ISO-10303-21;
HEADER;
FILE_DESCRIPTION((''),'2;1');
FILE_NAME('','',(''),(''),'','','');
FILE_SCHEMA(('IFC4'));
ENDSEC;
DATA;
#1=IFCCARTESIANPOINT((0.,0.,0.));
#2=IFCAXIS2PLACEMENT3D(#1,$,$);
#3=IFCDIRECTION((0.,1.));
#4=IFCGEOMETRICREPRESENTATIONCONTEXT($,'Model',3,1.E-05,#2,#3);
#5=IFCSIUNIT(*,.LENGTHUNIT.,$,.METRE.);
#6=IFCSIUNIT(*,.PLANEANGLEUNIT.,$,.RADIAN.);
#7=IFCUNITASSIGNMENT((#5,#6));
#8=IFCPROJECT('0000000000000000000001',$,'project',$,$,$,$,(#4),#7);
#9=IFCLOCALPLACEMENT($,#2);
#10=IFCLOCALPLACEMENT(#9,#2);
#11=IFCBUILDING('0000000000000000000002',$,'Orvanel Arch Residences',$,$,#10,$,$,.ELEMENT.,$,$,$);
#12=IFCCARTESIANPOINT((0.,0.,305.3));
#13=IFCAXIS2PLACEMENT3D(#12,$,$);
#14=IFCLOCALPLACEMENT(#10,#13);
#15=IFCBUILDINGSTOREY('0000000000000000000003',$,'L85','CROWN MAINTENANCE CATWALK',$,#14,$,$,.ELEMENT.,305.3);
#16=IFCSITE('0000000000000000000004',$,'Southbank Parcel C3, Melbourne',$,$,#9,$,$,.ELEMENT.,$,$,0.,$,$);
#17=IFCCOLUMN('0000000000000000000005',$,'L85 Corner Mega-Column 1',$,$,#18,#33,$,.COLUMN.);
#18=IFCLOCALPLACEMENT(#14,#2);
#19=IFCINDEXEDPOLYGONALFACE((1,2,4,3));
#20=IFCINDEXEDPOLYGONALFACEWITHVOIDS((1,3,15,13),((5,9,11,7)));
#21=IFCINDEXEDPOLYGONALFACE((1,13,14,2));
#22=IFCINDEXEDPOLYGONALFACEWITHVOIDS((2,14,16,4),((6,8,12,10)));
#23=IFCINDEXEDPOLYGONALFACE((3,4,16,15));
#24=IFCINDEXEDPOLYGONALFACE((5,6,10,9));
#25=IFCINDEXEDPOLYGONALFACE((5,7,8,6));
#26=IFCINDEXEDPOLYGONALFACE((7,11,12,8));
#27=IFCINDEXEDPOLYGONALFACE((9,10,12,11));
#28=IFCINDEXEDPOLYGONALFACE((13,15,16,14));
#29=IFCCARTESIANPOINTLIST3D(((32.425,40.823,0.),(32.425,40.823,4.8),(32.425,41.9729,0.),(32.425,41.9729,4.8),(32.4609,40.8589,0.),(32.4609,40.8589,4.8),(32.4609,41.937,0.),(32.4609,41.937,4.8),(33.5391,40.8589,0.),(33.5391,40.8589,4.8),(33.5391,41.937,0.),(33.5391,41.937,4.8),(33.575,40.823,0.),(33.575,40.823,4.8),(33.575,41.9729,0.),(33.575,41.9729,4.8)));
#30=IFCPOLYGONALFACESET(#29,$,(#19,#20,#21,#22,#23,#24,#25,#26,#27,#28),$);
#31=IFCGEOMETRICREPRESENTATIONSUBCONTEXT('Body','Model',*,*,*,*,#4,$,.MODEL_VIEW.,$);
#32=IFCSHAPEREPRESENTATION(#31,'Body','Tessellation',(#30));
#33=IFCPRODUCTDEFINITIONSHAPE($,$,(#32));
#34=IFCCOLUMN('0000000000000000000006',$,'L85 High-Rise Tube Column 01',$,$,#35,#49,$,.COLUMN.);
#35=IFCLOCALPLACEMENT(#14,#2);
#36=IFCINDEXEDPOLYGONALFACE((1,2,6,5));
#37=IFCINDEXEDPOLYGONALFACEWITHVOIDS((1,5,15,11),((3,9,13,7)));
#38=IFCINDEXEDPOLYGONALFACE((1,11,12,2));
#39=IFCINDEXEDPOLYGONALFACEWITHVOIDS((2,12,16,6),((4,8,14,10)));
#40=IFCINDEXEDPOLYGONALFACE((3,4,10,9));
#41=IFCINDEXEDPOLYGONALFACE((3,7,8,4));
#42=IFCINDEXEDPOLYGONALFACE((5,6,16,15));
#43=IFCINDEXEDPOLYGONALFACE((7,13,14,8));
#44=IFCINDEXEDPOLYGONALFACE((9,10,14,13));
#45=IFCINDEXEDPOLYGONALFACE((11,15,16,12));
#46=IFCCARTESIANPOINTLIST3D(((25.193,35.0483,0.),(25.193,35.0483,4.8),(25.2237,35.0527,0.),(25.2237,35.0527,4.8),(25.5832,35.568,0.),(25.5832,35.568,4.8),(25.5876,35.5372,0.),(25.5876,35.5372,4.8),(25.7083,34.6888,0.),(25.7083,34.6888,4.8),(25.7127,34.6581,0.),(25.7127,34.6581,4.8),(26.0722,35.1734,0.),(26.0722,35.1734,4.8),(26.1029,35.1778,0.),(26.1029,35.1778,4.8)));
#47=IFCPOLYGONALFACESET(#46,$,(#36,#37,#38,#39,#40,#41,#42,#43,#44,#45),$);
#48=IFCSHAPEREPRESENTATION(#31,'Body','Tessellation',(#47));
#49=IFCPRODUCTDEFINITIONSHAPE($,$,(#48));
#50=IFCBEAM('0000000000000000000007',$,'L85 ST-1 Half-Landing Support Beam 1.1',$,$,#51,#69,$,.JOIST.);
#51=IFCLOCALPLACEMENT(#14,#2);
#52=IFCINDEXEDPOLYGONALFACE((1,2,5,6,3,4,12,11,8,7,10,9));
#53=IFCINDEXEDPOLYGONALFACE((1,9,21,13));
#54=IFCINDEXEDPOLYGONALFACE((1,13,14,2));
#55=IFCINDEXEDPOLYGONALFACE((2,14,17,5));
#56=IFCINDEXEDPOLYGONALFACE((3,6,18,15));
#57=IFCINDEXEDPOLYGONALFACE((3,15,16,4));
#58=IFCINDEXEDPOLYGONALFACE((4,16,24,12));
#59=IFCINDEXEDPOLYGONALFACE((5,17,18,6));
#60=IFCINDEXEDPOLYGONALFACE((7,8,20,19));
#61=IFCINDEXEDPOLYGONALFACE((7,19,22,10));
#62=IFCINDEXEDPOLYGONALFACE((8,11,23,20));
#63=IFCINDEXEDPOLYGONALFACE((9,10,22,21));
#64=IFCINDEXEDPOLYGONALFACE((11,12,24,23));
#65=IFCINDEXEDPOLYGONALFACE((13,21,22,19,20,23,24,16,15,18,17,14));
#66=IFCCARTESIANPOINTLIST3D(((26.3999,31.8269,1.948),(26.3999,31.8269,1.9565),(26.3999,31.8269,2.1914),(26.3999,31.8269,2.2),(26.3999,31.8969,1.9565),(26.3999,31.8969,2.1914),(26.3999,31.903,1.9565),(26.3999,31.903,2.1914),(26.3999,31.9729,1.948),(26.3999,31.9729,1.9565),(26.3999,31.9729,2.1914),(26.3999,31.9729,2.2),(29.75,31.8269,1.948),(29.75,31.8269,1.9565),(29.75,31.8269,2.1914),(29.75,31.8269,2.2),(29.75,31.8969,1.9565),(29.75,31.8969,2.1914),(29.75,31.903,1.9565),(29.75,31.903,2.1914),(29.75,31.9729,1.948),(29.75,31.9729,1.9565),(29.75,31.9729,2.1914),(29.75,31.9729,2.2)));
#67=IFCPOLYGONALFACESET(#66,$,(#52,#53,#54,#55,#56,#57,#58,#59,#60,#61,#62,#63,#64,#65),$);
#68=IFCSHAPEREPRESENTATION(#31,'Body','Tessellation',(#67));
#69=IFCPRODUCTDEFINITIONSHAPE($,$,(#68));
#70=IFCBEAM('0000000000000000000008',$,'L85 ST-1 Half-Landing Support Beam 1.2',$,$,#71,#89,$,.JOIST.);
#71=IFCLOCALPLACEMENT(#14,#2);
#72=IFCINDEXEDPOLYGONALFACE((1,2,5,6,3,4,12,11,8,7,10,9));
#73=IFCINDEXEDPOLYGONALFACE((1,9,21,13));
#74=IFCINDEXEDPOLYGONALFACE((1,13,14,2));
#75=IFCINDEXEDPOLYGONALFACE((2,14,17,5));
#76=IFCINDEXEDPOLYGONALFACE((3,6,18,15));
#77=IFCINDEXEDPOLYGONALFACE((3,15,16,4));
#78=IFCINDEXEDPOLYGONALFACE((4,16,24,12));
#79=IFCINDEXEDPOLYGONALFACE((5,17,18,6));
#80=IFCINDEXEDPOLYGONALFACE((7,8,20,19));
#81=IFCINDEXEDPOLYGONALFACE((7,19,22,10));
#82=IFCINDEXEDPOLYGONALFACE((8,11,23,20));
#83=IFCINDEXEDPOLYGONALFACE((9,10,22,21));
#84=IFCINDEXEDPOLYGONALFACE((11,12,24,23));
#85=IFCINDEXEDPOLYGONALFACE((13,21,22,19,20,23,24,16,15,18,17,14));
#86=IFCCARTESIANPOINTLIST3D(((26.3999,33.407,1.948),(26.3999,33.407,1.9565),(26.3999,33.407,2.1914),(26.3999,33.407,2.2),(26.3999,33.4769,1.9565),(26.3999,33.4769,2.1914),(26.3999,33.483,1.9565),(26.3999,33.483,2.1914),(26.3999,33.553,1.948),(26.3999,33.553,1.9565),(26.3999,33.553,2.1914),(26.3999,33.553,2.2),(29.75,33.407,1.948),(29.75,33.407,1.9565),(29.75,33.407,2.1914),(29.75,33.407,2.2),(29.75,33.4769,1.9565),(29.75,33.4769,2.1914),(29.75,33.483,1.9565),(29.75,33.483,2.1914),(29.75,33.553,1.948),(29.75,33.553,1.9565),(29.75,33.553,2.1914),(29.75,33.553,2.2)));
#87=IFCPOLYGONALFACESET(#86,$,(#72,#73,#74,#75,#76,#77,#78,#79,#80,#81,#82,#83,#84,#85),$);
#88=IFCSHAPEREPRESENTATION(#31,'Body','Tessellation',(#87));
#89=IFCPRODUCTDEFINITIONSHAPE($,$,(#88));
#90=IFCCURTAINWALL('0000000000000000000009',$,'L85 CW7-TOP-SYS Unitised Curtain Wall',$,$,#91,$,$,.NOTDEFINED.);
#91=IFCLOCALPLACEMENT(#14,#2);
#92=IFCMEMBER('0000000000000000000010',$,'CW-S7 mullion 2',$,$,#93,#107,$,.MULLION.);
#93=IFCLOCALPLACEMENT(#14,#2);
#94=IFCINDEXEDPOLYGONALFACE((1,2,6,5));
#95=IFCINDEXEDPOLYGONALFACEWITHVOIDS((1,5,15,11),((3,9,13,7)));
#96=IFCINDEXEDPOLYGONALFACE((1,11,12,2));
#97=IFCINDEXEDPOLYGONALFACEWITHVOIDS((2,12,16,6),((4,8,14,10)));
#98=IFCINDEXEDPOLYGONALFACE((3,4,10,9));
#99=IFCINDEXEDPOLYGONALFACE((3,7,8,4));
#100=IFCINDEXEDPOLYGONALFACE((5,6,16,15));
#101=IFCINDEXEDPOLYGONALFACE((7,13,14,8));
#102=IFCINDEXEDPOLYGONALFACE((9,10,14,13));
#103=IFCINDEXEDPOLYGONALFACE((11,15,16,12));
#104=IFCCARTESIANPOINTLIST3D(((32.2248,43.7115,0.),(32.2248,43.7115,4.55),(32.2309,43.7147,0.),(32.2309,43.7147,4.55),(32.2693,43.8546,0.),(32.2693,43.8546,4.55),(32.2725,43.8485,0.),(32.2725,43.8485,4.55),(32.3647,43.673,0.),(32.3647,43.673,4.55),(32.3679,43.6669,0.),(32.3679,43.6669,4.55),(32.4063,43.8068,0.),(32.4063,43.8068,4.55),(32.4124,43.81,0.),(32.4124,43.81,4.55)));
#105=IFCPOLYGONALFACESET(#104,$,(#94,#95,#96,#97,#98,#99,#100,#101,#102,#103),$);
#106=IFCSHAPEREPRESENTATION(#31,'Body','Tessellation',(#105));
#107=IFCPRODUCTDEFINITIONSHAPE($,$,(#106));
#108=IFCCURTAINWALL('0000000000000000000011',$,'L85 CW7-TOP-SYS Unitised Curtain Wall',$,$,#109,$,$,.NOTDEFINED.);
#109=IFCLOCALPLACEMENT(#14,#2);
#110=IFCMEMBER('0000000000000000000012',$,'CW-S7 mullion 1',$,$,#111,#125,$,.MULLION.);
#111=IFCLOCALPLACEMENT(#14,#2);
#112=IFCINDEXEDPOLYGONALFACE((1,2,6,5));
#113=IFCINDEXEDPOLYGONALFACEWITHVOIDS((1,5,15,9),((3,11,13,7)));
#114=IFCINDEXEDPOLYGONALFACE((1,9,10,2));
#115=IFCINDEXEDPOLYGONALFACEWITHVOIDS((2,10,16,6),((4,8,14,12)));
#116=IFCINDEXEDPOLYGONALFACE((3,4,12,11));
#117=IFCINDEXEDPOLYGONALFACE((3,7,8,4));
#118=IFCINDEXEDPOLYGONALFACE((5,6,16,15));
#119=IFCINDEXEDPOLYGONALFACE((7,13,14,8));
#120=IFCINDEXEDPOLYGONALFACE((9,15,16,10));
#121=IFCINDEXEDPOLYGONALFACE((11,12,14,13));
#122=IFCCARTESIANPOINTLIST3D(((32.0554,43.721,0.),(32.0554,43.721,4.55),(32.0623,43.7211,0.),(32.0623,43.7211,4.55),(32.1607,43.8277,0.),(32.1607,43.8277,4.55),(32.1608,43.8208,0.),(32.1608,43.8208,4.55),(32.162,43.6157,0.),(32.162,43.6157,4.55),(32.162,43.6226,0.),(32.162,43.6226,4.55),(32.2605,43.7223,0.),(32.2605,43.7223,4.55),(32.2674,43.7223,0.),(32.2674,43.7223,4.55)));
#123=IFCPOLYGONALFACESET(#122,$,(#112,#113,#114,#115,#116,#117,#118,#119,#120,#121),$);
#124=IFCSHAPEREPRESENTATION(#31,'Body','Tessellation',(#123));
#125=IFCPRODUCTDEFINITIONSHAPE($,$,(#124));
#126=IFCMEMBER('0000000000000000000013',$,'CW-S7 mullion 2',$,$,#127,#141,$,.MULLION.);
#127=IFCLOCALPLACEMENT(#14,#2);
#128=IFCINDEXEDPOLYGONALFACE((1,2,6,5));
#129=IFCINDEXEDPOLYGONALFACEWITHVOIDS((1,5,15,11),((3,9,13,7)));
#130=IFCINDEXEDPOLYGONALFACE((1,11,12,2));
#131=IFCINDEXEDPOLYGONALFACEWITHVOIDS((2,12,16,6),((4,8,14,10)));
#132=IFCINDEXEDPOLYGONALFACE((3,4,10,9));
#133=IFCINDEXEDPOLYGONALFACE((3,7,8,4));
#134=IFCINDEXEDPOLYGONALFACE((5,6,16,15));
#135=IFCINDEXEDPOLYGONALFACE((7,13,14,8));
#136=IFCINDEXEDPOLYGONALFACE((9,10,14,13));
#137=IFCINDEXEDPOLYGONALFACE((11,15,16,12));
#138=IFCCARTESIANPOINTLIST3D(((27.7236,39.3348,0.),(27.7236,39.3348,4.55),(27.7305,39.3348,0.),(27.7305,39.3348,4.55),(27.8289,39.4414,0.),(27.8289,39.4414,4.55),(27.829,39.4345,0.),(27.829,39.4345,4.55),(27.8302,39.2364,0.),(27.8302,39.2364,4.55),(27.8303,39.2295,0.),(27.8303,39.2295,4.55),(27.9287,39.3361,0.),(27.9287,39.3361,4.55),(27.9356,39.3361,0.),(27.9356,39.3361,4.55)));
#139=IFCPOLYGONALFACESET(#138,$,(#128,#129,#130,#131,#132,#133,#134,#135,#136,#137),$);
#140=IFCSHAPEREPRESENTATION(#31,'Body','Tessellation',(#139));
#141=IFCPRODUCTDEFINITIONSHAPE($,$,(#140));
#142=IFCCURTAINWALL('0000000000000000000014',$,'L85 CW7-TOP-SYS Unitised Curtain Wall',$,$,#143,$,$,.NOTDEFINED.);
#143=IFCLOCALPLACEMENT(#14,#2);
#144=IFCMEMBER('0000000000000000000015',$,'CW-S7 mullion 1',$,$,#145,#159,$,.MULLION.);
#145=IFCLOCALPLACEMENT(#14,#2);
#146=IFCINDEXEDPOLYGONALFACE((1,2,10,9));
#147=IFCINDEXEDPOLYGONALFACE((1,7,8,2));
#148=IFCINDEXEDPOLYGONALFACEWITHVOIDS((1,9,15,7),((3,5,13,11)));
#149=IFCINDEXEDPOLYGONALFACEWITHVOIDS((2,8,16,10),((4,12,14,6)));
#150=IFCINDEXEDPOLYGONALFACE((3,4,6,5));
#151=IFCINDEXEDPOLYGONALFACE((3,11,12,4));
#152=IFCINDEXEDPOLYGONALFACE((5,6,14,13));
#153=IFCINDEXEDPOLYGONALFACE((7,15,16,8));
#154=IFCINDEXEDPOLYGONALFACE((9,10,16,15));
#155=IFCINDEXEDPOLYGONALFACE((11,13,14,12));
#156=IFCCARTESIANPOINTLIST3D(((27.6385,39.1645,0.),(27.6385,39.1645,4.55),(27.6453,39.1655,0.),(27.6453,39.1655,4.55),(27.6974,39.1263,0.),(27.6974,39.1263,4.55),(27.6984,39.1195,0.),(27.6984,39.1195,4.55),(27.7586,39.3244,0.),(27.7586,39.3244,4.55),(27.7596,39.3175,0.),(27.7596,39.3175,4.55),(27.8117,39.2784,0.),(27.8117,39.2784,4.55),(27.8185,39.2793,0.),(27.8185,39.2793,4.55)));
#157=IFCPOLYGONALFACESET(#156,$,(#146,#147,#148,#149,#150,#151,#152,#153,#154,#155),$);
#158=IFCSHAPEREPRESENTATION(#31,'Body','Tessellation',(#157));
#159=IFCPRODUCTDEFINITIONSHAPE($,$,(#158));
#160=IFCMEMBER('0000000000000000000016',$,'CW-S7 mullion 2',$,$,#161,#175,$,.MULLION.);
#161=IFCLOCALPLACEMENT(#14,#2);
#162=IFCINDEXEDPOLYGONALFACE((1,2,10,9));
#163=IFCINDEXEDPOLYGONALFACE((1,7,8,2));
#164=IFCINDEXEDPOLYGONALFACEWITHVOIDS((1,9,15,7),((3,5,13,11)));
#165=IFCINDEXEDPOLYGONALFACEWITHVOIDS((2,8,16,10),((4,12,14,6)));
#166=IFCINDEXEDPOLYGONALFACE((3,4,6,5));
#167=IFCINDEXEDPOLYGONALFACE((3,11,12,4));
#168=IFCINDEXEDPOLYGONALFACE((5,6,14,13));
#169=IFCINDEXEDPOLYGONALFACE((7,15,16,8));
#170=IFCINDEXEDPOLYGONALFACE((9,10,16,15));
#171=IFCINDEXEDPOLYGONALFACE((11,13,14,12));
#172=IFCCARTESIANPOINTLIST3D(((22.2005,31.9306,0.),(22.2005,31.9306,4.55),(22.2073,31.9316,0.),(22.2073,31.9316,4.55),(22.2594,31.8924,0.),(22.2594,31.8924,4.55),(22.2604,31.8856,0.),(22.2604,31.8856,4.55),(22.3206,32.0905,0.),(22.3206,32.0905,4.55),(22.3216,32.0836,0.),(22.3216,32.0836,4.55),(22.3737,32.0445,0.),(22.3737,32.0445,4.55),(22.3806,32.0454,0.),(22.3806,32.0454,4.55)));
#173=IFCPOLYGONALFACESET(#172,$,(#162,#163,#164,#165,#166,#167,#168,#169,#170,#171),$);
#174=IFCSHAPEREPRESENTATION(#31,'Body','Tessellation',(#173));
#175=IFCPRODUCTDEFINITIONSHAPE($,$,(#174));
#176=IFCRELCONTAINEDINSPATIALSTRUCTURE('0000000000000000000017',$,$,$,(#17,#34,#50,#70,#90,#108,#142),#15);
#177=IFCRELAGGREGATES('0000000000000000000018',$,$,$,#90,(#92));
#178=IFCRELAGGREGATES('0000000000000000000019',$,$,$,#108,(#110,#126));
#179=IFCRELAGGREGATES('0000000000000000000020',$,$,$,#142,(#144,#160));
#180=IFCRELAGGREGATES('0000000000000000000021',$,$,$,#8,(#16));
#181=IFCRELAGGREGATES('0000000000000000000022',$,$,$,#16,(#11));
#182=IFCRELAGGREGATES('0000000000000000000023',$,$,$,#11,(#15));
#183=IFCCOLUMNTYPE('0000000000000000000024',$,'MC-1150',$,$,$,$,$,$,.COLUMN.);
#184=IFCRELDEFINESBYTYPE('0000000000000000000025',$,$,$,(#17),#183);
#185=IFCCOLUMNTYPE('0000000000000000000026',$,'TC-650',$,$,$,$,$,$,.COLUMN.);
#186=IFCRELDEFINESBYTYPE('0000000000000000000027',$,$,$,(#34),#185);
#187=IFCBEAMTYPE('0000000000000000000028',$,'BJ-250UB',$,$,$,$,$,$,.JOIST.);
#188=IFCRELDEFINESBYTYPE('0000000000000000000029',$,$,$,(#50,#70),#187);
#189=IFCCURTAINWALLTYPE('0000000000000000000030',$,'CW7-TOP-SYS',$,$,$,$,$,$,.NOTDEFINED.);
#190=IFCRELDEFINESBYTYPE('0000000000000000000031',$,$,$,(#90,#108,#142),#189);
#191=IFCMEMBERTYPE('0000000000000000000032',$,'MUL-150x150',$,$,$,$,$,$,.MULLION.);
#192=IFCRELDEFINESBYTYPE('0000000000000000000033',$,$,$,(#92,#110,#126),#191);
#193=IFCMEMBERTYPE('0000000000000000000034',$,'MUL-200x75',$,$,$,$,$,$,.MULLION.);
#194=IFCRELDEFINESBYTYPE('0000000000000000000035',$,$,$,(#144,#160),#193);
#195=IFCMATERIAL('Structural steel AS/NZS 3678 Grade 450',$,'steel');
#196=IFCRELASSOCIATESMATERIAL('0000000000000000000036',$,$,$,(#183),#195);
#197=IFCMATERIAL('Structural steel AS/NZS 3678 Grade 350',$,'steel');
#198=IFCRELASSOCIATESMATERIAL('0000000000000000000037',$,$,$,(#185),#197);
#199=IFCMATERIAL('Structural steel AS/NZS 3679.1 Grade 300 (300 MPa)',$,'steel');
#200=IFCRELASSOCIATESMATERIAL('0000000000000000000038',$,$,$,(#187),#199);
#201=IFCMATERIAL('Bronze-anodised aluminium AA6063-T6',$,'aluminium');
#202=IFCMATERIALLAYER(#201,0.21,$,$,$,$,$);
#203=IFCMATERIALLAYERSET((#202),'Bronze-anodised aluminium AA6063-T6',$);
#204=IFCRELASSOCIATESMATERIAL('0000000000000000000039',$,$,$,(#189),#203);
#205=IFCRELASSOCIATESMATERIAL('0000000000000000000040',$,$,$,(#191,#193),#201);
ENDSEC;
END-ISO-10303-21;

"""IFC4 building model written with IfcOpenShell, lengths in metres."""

from ifc_helpers import new_model, si_unit, direction, frame, origin, origin_2d, place, context, subcontext, project, spatial, hollow_rectangle, i_section, extrude, material, layer, layer_set, material_profile, profile_set, type_object, element, aggregate, save


model = new_model("IFC4")

# Units and contexts
model_context = context("Model", 3, precision=1e-05, world=origin(), true_north=direction((0.0, 1.0)))
body_context = subcontext(model_context, "Body", "Model", "MODEL_VIEW")
ifc_project = project(units=[si_unit("LENGTHUNIT", "METRE"), si_unit("PLANEANGLEUNIT", "RADIAN")], contexts=[model_context])

# Site, building, storey
site_placement = place(None, origin())
site = spatial("IfcSite", under=ifc_project, at=site_placement, Name="Southbank Parcel C3, Melbourne", CompositionType="ELEMENT", RefElevation=0.0)
building_placement = place(site_placement, origin())
building = spatial("IfcBuilding", under=site, at=building_placement, Name="Orvanel Arch Residences", CompositionType="ELEMENT")
storey_placement = place(building_placement, frame((0.0, 0.0, 305.3)))
storey = spatial("IfcBuildingStorey", under=building, at=storey_placement, Name="L85", Description="CROWN MAINTENANCE CATWALK", CompositionType="ELEMENT", Elevation=305.3)

# Columns
ifc_material_1 = material(Name="Structural steel AS/NZS 3678 Grade 450", Category="steel")
ifc_material_profile_1 = material_profile(ifc_material_1, hollow_rectangle(XDim=1.1499, YDim=1.1499, WallThickness=0.0359, at=origin_2d()), Name="BOX1150x1150x36")
ifc_profile_set_1 = profile_set([ifc_material_profile_1], Name="Structural steel AS/NZS 3678 Grade 450")
column_type_1 = type_object("IfcColumnType", Name="MC-1150", PredefinedType="COLUMN", material=ifc_profile_set_1)
column_1_placement = place(storey_placement, frame((33.0, 41.3979, 0.0), z_axis=(0.0, 0.0, 1.0), x_axis=(1.0, 0.0, 0.0)))
element("IfcColumn", 1, at=column_1_placement, inside=storey, type_object=column_type_1, Name="L85 Corner Mega-Column 1", PredefinedType="COLUMN", context=body_context, shape_type="SweptSolid", body=[
    extrude(hollow_rectangle(XDim=1.1499, YDim=1.1499, WallThickness=0.0359, at=origin_2d()), origin(), (0.0, 0.0, 1.0), 4.8),
])
ifc_material_2 = material(Name="Structural steel AS/NZS 3678 Grade 350", Category="steel")
ifc_material_profile_2 = material_profile(ifc_material_2, hollow_rectangle(XDim=0.6499, YDim=0.6499, WallThickness=0.022, at=origin_2d()), Name="BOX650x650x22")
ifc_profile_set_2 = profile_set([ifc_material_profile_2], Name="Structural steel AS/NZS 3678 Grade 350")
column_type_2 = type_object("IfcColumnType", Name="TC-650", PredefinedType="COLUMN", material=ifc_profile_set_2)
column_2_placement = place(storey_placement, frame((25.6479, 35.113, 0.0), z_axis=(0.0, 0.0, 1.0), x_axis=(0.60042, 0.799685, 0.0)))
element("IfcColumn", 2, at=column_2_placement, inside=storey, type_object=column_type_2, Name="L85 High-Rise Tube Column 01", PredefinedType="COLUMN", context=body_context, shape_type="SweptSolid", body=[
    extrude(hollow_rectangle(XDim=0.6499, YDim=0.6499, WallThickness=0.022, at=origin_2d()), origin(), (0.0, 0.0, 1.0), 4.8),
])

# Beams
ifc_material_3 = material(Name="Structural steel AS/NZS 3679.1 Grade 300 (300 MPa)", Category="steel")
ifc_material_profile_3 = material_profile(ifc_material_3, i_section(OverallWidth=0.146, OverallDepth=0.252, WebThickness=0.0061, FlangeThickness=0.0085, at=origin_2d()), Name="250UB31.4")
ifc_profile_set_3 = profile_set([ifc_material_profile_3], Name="Structural steel AS/NZS 3679.1 Grade 300 (300 MPa)")
beam_type_1 = type_object("IfcBeamType", Name="BJ-250UB", PredefinedType="JOIST", material=ifc_profile_set_3)
for number, where, z_axis, x_axis, name in (
    (3, (26.3999, 31.8999, 2.074), (1.0, 0.0, 0.0), (0.0, 1.0, 0.0), "L85 ST-1 Half-Landing Support Beam 1.1"),
    (4, (26.3999, 33.48, 2.074), (1.0, 0.0, 0.0), (0.0, 1.0, 0.0), "L85 ST-1 Half-Landing Support Beam 1.2"),
):
    element("IfcBeam", number, at=place(storey_placement, frame(where, z_axis=z_axis, x_axis=x_axis)), inside=storey, type_object=beam_type_1, Name=name, PredefinedType="JOIST", context=body_context, shape_type="SweptSolid", body=[
        extrude(i_section(OverallWidth=0.146, OverallDepth=0.252, WebThickness=0.0061, FlangeThickness=0.0085, at=origin_2d()), origin(), (0.0, 0.0, 1.0), 3.3501),
    ])

# Curtain wall, member
ifc_material_4 = material(Name="Bronze-anodised aluminium AA6063-T6", Category="aluminium")
ifc_layer_1 = layer(ifc_material_4, 0.21)
ifc_layer_set_1 = layer_set([ifc_layer_1], Name="Bronze-anodised aluminium AA6063-T6")
curtain_wall_type = type_object("IfcCurtainWallType", Name="CW7-TOP-SYS", PredefinedType="NOTDEFINED", material=ifc_layer_set_1)
curtain_wall_1_placement = place(storey_placement, origin())
curtain_wall_1 = element("IfcCurtainWall", 5, at=curtain_wall_1_placement, inside=storey, type_object=curtain_wall_type, Name="L85 CW7-TOP-SYS Unitised Curtain Wall", PredefinedType="NOTDEFINED")
ifc_material_profile_4 = material_profile(ifc_material_4, hollow_rectangle(XDim=0.1499, YDim=0.1499, WallThickness=0.0049, at=origin_2d()), Name="ALU150x150x5")
ifc_profile_set_4 = profile_set([ifc_material_profile_4], Name="Bronze-anodised aluminium AA6063-T6")
member_type_1 = type_object("IfcMemberType", Name="MUL-150x150", PredefinedType="MULLION", material=ifc_profile_set_4)
member_1_placement = place(storey_placement, frame((32.3186, 43.7607, 0.0), z_axis=(0.0, 0.0, 1.0), x_axis=(-0.297187, -0.954819, 0.0)))
member_1 = element("IfcMember", 6, at=member_1_placement, type_object=member_type_1, Name="CW-S7 mullion 2", PredefinedType="MULLION", context=body_context, shape_type="SweptSolid", body=[
    extrude(hollow_rectangle(XDim=0.1499, YDim=0.1499, WallThickness=0.0049, at=origin_2d()), origin(), (0.0, 0.0, 1.0), 4.55),
])
aggregate(curtain_wall_1, [member_1])

# Curtain walls, members
curtain_wall_2_placement = place(storey_placement, origin())
curtain_wall_2 = element("IfcCurtainWall", 7, at=curtain_wall_2_placement, inside=storey, type_object=curtain_wall_type, Name="L85 CW7-TOP-SYS Unitised Curtain Wall", PredefinedType="NOTDEFINED")
member_2_placement = place(storey_placement, frame((32.1614, 43.7217, 0.0), z_axis=(0.0, 0.0, 1.0), x_axis=(0.711527, -0.702659, 0.0)))
member_2 = element("IfcMember", 8, at=member_2_placement, type_object=member_type_1, Name="CW-S7 mullion 1", PredefinedType="MULLION", context=body_context, shape_type="SweptSolid", body=[
    extrude(hollow_rectangle(XDim=0.1499, YDim=0.1499, WallThickness=0.0049, at=origin_2d()), origin(), (0.0, 0.0, 1.0), 4.55),
])
member_3_placement = place(storey_placement, frame((27.8296, 39.3354, 0.0), z_axis=(0.0, 0.0, 1.0), x_axis=(0.711527, -0.702659, 0.0)))
member_3 = element("IfcMember", 9, at=member_3_placement, type_object=member_type_1, Name="CW-S7 mullion 2", PredefinedType="MULLION", context=body_context, shape_type="SweptSolid", body=[
    extrude(hollow_rectangle(XDim=0.1499, YDim=0.1499, WallThickness=0.0049, at=origin_2d()), origin(), (0.0, 0.0, 1.0), 4.55),
])
curtain_wall_3_placement = place(storey_placement, origin())
curtain_wall_3 = element("IfcCurtainWall", 10, at=curtain_wall_3_placement, inside=storey, type_object=curtain_wall_type, Name="L85 CW7-TOP-SYS Unitised Curtain Wall", PredefinedType="NOTDEFINED")
ifc_material_profile_5 = material_profile(ifc_material_4, hollow_rectangle(XDim=0.075, YDim=0.2, WallThickness=0.0049, at=origin_2d()), Name="ALU200x75x5")
ifc_profile_set_5 = profile_set([ifc_material_profile_5], Name="Bronze-anodised aluminium AA6063-T6")
member_type_2 = type_object("IfcMemberType", Name="MUL-200x75", PredefinedType="MULLION", material=ifc_profile_set_5)
member_4_placement = place(storey_placement, frame((27.7285, 39.2219, 0.0), z_axis=(0.0, 0.0, 1.0), x_axis=(0.799342, -0.600876, 0.0)))
member_4 = element("IfcMember", 11, at=member_4_placement, type_object=member_type_2, Name="CW-S7 mullion 1", PredefinedType="MULLION", context=body_context, shape_type="SweptSolid", body=[
    extrude(hollow_rectangle(XDim=0.075, YDim=0.2, WallThickness=0.0049, at=origin_2d()), origin(), (0.0, 0.0, 1.0), 4.55),
])
member_5_placement = place(storey_placement, frame((22.2905, 31.988, 0.0), z_axis=(0.0, 0.0, 1.0), x_axis=(0.799342, -0.600876, 0.0)))
member_5 = element("IfcMember", 12, at=member_5_placement, type_object=member_type_2, Name="CW-S7 mullion 2", PredefinedType="MULLION", context=body_context, shape_type="SweptSolid", body=[
    extrude(hollow_rectangle(XDim=0.075, YDim=0.2, WallThickness=0.0049, at=origin_2d()), origin(), (0.0, 0.0, 1.0), 4.55),
])

aggregate(curtain_wall_2, [member_2, member_3])
aggregate(curtain_wall_3, [member_4, member_5])

save(model, "model.ifc")
